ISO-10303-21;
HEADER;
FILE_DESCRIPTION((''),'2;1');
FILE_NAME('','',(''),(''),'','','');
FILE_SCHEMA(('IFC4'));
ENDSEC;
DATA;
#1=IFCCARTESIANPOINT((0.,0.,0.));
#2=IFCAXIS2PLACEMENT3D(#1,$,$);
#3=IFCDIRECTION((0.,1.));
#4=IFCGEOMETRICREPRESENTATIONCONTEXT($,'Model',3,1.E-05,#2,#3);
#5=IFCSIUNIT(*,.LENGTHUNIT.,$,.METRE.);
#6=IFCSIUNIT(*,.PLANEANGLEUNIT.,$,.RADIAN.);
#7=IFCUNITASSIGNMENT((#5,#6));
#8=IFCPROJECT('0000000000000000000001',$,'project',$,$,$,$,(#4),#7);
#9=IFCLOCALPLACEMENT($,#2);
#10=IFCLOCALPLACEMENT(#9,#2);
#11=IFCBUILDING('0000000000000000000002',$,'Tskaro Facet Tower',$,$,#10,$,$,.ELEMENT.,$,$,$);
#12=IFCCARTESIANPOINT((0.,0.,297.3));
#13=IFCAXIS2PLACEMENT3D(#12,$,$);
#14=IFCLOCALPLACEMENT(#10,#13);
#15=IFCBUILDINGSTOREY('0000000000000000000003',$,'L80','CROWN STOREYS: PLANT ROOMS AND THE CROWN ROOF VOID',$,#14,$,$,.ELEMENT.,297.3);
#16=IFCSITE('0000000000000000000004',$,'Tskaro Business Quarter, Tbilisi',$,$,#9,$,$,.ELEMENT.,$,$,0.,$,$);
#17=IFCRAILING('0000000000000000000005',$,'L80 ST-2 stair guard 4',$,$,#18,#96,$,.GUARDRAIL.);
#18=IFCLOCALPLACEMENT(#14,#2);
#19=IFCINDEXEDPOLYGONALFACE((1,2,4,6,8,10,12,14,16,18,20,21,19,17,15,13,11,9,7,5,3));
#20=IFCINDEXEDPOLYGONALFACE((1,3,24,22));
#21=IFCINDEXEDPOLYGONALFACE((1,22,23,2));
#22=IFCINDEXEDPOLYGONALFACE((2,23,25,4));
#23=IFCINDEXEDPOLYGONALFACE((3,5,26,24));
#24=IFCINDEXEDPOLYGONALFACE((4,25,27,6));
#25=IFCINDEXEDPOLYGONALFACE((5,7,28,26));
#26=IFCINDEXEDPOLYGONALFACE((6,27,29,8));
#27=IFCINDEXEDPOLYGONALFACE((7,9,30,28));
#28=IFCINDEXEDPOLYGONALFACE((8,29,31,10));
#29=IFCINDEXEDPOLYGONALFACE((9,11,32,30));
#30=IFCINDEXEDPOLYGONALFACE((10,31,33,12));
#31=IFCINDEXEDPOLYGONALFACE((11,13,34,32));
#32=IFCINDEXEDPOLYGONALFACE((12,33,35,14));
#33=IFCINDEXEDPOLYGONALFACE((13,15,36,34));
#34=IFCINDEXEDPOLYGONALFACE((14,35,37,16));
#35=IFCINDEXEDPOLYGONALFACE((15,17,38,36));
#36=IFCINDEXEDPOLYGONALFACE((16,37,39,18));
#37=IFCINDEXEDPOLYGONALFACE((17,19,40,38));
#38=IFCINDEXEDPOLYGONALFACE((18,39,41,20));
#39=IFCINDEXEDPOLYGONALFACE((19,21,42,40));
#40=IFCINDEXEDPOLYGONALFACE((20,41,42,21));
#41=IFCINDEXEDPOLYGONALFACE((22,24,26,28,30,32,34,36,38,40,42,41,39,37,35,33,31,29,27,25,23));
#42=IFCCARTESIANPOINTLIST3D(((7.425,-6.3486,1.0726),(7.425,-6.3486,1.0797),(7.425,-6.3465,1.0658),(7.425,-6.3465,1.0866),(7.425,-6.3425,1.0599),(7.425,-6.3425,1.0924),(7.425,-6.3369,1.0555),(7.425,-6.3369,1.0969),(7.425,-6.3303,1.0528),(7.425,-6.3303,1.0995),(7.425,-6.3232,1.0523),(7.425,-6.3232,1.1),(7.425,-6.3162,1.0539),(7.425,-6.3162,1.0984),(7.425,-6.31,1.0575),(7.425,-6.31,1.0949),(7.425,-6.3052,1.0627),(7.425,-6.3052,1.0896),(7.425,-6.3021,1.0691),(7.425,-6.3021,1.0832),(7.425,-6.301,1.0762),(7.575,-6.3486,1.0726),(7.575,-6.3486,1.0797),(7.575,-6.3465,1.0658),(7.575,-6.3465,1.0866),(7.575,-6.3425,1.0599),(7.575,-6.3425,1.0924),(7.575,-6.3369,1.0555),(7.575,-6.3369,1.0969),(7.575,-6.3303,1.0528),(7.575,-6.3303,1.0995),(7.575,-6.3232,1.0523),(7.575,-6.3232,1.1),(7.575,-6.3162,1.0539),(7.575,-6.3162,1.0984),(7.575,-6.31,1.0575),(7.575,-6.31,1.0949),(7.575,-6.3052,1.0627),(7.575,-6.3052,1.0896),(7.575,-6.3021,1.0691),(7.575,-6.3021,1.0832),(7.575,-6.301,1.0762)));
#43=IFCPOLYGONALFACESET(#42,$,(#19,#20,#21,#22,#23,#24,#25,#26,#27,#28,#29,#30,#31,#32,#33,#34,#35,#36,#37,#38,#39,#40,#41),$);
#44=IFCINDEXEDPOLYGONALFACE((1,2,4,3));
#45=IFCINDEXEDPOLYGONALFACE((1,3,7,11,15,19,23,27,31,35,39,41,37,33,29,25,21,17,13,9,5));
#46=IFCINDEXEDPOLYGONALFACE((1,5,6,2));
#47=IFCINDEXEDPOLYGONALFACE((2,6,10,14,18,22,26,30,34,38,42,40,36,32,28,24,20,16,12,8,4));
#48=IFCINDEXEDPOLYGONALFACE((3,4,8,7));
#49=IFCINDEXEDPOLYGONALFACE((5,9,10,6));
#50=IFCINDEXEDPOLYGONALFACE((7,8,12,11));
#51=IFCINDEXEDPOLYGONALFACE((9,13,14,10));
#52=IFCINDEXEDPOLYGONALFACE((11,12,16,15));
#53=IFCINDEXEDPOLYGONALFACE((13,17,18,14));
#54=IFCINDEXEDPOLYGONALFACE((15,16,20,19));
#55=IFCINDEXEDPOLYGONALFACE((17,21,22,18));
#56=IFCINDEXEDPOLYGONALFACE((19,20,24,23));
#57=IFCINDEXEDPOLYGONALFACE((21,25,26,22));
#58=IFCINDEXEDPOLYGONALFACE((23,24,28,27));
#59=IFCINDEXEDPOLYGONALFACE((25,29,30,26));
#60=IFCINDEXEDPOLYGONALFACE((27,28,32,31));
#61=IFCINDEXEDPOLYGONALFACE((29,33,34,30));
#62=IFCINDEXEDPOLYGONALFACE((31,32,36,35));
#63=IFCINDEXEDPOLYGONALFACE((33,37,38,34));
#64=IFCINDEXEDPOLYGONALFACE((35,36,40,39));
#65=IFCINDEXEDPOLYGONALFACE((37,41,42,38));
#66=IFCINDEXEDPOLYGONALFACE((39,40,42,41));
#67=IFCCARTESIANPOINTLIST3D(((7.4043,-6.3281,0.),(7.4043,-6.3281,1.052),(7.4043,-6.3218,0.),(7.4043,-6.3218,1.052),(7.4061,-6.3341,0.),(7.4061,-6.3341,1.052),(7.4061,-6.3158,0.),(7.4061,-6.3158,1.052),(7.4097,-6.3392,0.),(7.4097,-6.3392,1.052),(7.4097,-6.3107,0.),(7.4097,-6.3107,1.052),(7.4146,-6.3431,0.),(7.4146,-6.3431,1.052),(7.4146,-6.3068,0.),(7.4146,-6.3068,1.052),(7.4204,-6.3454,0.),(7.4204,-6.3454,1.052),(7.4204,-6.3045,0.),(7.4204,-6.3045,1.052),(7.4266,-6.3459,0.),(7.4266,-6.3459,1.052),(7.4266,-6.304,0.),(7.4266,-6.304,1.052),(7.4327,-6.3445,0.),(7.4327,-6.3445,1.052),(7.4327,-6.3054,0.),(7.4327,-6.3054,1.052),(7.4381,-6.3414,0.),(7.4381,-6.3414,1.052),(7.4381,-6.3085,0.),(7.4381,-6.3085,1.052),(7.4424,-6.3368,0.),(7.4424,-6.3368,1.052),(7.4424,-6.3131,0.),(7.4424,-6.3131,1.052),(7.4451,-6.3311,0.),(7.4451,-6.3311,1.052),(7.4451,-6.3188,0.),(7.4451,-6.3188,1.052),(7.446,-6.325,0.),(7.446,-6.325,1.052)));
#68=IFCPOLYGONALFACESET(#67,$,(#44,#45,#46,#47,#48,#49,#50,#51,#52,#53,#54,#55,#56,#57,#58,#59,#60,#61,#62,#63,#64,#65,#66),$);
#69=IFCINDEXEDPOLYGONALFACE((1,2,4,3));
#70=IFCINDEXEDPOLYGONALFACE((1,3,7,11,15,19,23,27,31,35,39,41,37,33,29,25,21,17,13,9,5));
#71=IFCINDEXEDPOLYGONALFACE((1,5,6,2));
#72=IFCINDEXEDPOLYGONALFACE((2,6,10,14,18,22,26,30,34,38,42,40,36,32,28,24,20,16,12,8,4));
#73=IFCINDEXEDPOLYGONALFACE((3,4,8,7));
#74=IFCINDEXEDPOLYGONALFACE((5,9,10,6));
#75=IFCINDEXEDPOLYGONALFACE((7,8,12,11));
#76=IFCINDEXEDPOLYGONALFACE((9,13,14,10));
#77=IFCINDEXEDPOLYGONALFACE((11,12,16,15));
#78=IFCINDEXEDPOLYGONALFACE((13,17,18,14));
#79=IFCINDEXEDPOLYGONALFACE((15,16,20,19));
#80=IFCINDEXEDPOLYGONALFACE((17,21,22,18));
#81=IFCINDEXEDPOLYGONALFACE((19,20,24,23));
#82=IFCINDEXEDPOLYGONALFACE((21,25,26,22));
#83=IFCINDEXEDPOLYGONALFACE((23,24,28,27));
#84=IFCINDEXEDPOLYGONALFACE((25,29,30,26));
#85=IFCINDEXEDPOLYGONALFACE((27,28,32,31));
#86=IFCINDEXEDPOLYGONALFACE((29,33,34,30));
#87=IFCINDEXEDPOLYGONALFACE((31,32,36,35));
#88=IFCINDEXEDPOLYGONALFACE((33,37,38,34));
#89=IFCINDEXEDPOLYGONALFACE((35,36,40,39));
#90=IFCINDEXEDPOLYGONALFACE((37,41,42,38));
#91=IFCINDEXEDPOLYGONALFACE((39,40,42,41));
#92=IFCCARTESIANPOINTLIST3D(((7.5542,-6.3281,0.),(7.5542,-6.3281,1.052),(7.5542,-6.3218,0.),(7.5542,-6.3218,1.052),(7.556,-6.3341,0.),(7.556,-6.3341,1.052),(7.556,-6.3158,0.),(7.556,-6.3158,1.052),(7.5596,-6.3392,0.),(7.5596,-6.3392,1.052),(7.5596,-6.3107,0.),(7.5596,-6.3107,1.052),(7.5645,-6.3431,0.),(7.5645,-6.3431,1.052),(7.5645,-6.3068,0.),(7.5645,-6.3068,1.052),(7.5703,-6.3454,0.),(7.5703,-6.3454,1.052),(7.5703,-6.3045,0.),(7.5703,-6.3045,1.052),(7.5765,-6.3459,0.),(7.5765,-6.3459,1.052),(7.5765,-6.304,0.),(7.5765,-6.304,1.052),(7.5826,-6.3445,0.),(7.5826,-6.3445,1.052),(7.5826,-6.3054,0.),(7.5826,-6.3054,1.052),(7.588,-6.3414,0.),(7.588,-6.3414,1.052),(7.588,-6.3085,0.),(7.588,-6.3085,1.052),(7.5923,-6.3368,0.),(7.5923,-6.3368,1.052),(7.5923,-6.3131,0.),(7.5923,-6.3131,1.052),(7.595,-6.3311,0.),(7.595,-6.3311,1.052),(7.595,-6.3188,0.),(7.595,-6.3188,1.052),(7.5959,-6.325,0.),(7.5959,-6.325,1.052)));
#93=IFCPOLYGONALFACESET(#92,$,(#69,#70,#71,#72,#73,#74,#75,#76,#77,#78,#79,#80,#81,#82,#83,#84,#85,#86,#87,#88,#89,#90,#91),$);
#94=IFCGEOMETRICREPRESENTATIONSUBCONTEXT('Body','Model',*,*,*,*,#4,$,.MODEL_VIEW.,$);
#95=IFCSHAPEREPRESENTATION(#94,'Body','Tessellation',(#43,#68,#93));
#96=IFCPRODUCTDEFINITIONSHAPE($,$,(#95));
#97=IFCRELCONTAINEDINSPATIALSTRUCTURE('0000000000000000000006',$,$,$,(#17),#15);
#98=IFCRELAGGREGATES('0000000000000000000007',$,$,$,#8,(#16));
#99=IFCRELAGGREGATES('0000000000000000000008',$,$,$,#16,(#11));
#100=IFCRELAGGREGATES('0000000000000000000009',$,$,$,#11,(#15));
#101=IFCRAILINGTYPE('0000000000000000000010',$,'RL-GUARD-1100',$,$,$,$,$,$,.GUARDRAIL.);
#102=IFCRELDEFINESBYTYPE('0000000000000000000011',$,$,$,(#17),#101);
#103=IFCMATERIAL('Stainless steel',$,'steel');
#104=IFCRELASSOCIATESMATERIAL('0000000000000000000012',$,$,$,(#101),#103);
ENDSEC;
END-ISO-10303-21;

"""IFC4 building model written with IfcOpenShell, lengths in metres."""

from ifc_helpers import new_model, si_unit, direction, frame, origin, origin_2d, place, context, subcontext, project, spatial, circle, extrude, material, type_object, element, save


model = new_model("IFC4")

# Units and contexts
model_context = context("Model", 3, precision=1e-05, world=origin(), true_north=direction((0.0, 1.0)))
body_context = subcontext(model_context, "Body", "Model", "MODEL_VIEW")
ifc_project = project(units=[si_unit("LENGTHUNIT", "METRE"), si_unit("PLANEANGLEUNIT", "RADIAN")], contexts=[model_context])

# Site, building, storey
site_placement = place(None, origin())
site = spatial("IfcSite", under=ifc_project, at=site_placement, Name="Tskaro Business Quarter, Tbilisi", CompositionType="ELEMENT", RefElevation=0.0)
building_placement = place(site_placement, origin())
building = spatial("IfcBuilding", under=site, at=building_placement, Name="Tskaro Facet Tower", CompositionType="ELEMENT")
storey_placement = place(building_placement, frame((0.0, 0.0, 297.3)))
storey = spatial("IfcBuildingStorey", under=building, at=storey_placement, Name="L80", Description="CROWN STOREYS: PLANT ROOMS AND THE CROWN ROOF VOID", CompositionType="ELEMENT", Elevation=297.3)

# Railing
ifc_material_1 = material(Name="Stainless steel", Category="steel")
railing_type_1 = type_object("IfcRailingType", Name="RL-GUARD-1100", PredefinedType="GUARDRAIL", material=ifc_material_1)
railing_1_placement = place(storey_placement, frame((7.425, -6.325, 0.0)))
element("IfcRailing", 1, at=railing_1_placement, inside=storey, type_object=railing_type_1, Name="L80 ST-2 stair guard 4", PredefinedType="GUARDRAIL", context=body_context, shape_type="SweptSolid", body=[
    extrude(circle(Radius=0.0239, at=origin_2d()), frame((0.0, 0.0, 1.0762), z_axis=(1.0, 0.0, 0.0), x_axis=(0.0, 1.0, 0.0)), (0.0, 0.0, 1.0), 0.1499),
    extrude(circle(Radius=0.021, at=origin_2d()), origin(), (0.0, 0.0, 1.0), 1.052),
    extrude(circle(Radius=0.021, at=origin_2d()), frame((0.1499, 0.0, 0.0)), (0.0, 0.0, 1.0), 1.052),
])

save(model, "model.ifc")
